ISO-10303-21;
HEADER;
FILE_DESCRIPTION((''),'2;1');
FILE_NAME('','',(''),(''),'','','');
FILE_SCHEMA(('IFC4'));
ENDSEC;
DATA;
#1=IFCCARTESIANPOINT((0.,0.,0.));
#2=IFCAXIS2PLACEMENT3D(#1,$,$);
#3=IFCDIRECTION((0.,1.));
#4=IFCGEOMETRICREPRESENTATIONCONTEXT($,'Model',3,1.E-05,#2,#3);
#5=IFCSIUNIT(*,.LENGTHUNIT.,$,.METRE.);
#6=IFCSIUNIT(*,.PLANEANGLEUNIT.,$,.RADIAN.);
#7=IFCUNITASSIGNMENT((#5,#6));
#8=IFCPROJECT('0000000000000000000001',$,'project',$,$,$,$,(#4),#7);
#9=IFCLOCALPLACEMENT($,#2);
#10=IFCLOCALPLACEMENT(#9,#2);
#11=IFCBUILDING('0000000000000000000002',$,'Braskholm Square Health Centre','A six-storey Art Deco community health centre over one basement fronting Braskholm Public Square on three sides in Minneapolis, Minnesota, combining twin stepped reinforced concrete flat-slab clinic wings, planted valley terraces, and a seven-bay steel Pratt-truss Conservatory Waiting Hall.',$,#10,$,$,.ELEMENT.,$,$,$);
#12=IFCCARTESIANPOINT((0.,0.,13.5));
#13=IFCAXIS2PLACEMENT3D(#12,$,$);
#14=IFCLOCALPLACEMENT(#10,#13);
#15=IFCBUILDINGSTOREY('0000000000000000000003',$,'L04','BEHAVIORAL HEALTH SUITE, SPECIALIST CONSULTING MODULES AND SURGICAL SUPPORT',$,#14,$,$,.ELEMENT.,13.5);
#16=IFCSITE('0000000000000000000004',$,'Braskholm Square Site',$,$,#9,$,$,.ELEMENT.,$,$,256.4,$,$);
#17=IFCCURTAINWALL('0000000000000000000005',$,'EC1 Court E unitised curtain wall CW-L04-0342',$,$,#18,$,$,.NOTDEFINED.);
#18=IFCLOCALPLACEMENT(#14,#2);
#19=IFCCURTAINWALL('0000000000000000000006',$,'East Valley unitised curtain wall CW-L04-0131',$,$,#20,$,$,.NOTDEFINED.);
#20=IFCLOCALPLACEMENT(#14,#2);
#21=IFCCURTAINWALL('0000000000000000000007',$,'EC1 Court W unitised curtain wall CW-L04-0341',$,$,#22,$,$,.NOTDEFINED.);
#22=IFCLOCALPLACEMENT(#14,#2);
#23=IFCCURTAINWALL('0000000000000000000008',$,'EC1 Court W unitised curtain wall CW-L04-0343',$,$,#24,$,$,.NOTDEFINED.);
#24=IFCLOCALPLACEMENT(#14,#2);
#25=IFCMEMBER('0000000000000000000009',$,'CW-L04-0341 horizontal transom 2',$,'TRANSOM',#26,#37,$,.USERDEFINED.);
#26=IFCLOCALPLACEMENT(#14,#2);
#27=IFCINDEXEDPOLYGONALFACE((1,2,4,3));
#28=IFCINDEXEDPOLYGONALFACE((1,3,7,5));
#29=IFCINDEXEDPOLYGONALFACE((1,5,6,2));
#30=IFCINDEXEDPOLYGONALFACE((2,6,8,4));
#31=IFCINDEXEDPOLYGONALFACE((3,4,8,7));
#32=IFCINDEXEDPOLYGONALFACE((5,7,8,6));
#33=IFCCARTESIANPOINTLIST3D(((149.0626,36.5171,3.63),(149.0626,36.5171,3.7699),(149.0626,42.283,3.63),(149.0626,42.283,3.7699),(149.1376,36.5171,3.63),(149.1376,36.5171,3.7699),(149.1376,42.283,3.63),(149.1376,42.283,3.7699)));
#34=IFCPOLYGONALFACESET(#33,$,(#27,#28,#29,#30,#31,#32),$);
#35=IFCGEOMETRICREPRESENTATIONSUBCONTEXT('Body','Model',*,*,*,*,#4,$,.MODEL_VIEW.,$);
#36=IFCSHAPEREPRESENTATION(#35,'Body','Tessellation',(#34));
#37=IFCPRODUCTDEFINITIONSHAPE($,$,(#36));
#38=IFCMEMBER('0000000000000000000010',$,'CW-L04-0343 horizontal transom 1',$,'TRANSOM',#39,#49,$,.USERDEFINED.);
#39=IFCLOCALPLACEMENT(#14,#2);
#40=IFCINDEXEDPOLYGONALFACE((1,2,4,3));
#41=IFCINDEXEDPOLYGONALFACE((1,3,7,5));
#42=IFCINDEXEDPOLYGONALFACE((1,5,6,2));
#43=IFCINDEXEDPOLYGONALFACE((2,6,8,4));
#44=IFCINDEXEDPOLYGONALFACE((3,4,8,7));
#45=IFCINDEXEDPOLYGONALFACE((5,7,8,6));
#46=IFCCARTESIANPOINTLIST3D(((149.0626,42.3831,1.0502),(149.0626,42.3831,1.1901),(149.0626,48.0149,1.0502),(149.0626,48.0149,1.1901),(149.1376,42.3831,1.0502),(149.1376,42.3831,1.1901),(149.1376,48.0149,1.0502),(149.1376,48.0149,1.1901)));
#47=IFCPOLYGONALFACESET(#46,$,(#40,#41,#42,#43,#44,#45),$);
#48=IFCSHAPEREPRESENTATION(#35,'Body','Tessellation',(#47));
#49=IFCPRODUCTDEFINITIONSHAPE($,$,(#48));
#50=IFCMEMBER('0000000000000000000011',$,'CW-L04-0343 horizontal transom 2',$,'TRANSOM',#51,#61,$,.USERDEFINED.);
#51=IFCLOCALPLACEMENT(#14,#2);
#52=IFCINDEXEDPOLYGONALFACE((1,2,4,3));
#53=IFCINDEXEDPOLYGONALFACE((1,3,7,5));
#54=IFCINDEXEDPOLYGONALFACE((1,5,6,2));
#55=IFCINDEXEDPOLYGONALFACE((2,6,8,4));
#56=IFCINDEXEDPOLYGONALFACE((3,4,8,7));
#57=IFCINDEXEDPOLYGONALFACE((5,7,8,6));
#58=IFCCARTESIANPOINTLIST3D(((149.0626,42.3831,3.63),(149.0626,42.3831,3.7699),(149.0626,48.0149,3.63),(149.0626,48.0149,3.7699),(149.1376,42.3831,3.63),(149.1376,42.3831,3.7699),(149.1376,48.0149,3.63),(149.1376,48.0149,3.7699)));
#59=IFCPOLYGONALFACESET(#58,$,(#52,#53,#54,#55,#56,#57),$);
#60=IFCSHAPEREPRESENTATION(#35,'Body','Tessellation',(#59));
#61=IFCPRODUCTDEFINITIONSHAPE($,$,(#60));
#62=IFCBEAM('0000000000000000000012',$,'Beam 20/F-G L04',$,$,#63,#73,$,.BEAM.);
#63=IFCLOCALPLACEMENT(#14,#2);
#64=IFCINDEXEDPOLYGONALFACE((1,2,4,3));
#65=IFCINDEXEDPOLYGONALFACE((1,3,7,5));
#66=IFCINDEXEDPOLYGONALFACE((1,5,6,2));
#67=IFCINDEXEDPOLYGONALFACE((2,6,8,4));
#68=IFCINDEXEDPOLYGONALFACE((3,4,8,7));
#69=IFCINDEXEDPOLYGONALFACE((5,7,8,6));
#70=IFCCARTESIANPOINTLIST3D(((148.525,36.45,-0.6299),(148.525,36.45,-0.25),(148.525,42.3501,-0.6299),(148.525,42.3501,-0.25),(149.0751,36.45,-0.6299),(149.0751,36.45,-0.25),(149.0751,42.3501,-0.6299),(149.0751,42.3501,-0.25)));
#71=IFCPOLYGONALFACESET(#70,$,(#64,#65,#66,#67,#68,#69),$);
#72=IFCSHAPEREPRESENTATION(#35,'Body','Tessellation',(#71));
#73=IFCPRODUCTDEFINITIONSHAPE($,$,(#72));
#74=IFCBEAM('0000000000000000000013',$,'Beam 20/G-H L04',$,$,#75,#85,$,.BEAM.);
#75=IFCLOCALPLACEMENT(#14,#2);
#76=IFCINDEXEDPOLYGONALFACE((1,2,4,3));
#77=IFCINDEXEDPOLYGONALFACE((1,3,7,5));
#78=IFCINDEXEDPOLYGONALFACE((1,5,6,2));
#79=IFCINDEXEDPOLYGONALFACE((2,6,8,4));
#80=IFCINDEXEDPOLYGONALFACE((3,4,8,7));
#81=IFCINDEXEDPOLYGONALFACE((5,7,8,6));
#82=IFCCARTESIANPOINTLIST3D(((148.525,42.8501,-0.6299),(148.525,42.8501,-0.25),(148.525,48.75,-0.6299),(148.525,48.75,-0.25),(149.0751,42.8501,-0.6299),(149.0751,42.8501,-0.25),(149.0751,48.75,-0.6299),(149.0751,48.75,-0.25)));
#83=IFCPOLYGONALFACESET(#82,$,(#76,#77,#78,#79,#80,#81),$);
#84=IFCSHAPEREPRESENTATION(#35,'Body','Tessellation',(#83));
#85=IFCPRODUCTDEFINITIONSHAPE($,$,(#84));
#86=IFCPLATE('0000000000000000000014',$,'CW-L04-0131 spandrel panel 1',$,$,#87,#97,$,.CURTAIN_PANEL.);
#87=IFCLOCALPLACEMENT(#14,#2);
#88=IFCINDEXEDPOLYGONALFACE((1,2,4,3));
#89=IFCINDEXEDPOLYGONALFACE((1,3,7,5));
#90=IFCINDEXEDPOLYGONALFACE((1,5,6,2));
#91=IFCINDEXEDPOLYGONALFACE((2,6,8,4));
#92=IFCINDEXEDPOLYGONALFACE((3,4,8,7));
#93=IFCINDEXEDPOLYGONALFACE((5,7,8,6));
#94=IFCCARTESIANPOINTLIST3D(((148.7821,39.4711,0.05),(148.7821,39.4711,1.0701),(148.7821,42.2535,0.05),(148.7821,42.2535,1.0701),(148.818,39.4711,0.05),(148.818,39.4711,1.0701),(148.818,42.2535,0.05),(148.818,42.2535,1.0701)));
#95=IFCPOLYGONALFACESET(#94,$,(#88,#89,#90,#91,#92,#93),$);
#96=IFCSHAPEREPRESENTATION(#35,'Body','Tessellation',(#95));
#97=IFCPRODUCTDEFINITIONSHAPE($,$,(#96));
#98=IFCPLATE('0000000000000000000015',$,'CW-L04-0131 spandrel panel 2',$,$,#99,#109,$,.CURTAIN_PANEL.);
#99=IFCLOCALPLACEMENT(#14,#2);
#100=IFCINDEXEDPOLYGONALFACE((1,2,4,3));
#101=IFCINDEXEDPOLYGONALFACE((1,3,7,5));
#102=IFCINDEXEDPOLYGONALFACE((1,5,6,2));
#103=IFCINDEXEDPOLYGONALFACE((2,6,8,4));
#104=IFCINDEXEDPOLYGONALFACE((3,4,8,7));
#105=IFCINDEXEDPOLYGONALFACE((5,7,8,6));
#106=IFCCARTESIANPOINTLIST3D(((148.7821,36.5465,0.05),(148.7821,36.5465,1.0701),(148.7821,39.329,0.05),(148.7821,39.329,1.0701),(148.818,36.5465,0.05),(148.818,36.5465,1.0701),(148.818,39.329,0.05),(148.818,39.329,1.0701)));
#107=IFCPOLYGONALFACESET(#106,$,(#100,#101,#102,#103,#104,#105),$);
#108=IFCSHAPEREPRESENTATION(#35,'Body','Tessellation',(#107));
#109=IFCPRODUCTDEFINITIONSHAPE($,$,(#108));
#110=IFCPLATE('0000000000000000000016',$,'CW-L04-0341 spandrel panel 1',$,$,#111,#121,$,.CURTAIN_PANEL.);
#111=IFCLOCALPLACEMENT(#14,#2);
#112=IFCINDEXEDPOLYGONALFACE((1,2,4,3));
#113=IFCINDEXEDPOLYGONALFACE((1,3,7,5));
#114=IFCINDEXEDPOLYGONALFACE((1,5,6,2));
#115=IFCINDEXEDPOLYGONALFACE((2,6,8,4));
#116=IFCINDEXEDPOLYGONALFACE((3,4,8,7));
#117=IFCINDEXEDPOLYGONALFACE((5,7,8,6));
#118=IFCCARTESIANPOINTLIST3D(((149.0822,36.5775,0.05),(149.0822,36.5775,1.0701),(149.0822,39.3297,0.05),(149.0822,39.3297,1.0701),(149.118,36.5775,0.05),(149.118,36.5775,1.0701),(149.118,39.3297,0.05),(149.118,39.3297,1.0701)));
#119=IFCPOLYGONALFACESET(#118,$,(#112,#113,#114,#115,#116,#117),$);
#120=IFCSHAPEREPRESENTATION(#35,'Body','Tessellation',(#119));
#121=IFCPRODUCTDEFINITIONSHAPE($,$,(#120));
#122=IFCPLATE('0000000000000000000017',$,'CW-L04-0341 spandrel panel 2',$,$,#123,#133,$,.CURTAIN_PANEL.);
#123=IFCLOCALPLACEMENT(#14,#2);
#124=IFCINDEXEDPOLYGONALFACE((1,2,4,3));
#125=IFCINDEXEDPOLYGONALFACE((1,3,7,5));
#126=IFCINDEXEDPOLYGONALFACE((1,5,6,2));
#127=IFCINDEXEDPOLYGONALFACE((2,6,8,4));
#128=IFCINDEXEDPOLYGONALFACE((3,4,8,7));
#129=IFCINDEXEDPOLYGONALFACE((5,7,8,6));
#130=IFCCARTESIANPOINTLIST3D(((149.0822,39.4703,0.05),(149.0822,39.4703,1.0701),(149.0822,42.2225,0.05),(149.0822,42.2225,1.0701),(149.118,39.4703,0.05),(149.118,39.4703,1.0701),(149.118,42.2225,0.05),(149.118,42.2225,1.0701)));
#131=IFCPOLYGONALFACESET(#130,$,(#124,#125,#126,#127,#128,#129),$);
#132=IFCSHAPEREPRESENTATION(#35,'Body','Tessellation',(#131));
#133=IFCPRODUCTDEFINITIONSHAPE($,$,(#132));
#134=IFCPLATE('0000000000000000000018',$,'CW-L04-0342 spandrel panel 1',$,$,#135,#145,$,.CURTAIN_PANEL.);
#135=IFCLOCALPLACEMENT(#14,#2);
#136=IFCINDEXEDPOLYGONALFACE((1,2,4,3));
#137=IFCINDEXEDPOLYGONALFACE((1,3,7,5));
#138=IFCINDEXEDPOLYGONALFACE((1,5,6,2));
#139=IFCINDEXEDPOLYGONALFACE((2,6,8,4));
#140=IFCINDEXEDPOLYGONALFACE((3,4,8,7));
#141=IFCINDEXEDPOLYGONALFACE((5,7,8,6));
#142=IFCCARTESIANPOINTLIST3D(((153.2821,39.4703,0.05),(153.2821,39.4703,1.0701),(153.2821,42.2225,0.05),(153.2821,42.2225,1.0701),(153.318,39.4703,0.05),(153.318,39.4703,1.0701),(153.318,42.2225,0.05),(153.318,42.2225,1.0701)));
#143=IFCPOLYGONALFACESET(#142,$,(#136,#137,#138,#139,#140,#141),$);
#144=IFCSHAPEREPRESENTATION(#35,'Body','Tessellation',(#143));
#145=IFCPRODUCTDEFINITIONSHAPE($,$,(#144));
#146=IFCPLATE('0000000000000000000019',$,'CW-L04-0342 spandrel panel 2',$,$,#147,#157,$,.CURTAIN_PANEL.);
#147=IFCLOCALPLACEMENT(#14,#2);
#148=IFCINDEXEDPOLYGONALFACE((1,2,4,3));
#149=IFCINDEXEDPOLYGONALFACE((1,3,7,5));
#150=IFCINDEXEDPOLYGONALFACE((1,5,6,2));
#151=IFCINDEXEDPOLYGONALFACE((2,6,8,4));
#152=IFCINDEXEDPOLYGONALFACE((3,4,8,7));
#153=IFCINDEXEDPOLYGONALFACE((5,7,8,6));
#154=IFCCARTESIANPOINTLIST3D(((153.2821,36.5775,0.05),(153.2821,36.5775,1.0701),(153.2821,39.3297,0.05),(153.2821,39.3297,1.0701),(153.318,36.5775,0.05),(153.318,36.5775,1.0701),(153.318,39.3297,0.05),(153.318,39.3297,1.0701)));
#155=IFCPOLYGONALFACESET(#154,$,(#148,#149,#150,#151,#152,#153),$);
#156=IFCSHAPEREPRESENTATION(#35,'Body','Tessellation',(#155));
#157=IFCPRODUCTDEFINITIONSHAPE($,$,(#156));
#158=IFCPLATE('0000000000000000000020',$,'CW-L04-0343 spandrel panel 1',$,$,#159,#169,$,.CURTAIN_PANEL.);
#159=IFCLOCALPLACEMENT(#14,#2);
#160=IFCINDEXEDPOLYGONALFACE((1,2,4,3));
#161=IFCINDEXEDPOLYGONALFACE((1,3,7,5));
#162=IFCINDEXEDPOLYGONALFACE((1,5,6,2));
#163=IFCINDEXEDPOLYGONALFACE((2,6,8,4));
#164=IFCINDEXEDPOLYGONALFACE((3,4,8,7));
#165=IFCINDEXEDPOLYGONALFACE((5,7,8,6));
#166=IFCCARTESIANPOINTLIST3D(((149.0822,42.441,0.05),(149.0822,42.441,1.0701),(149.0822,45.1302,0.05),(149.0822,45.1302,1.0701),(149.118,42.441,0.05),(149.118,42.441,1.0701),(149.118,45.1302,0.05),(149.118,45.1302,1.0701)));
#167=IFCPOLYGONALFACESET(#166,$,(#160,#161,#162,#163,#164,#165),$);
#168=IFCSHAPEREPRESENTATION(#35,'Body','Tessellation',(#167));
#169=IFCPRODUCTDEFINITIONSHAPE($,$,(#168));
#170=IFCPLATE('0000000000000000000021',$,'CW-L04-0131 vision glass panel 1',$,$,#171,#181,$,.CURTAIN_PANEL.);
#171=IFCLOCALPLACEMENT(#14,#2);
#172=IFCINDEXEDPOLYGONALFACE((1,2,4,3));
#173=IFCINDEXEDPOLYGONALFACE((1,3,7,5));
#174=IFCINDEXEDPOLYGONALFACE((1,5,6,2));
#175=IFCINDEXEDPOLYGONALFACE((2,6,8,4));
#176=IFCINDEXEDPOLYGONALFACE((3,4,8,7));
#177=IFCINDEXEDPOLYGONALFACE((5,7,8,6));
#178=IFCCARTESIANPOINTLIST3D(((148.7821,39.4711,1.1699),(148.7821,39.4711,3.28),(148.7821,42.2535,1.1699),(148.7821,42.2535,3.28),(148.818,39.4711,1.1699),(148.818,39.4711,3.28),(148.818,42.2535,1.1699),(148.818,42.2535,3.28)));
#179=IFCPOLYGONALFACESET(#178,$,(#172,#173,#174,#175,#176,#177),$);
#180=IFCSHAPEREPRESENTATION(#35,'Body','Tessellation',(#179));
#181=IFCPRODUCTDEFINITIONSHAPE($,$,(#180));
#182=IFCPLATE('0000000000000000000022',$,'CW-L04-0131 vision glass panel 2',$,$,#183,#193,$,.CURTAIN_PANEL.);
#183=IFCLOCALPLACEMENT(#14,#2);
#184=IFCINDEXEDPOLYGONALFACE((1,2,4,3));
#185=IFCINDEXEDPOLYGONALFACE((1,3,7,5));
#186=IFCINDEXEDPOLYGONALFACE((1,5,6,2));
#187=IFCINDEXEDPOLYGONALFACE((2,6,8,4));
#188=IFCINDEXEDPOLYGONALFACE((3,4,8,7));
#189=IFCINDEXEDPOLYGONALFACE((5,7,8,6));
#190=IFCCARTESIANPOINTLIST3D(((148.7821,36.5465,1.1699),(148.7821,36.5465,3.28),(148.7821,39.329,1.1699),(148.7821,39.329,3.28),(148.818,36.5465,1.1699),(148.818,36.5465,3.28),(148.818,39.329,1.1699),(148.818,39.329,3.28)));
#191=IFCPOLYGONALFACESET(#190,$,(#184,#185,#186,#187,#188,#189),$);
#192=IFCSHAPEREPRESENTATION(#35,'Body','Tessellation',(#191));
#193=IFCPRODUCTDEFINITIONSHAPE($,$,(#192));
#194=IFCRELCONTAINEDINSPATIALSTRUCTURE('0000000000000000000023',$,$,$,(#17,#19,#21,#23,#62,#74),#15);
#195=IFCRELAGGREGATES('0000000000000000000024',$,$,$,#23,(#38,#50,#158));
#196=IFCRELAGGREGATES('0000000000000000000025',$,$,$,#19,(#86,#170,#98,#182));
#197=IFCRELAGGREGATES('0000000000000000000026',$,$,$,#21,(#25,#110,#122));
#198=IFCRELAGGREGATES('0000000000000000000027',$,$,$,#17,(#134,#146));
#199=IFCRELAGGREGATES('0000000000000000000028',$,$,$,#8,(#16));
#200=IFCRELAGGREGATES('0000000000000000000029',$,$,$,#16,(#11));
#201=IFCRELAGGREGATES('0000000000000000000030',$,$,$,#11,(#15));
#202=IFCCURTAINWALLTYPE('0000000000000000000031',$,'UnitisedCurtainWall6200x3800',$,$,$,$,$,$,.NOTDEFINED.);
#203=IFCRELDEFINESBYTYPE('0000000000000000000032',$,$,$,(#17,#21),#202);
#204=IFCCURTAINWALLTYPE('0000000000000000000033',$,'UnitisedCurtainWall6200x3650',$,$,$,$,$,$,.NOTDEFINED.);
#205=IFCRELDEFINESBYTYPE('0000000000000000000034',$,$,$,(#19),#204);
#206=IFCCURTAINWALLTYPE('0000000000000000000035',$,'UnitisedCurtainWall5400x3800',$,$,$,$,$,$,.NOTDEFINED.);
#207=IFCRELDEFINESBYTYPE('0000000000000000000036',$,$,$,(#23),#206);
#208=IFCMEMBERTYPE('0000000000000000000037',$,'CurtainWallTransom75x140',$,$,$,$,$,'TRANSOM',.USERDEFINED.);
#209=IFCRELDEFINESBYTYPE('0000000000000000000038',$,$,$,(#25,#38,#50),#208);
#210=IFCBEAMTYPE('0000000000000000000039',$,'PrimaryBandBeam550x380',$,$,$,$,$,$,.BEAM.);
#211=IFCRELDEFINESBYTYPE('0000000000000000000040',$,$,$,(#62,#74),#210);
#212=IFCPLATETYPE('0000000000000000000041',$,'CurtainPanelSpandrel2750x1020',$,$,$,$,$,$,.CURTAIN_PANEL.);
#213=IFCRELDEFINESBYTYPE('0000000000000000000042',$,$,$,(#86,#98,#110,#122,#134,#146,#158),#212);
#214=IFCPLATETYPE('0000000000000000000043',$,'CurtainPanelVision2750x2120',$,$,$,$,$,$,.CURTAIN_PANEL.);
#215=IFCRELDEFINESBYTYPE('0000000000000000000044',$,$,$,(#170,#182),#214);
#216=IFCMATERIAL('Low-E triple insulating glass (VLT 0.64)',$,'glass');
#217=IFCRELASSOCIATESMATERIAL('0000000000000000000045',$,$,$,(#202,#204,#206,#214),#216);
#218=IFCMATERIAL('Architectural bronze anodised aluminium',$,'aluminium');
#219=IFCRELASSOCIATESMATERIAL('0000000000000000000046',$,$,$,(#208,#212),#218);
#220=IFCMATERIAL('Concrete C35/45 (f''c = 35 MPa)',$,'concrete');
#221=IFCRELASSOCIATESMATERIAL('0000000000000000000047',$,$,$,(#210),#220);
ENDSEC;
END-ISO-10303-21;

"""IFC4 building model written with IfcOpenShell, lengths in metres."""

from ifc_helpers import new_model, si_unit, direction, frame, origin, origin_2d, place, context, subcontext, project, spatial, rectangle, extrude, material, material_profile, profile_set, type_object, element, aggregate, save


model = new_model("IFC4")

# Units and contexts
model_context = context("Model", 3, precision=1e-05, world=origin(), true_north=direction((0.0, 1.0)))
body_context = subcontext(model_context, "Body", "Model", "MODEL_VIEW")
ifc_project = project(units=[si_unit("LENGTHUNIT", "METRE"), si_unit("PLANEANGLEUNIT", "RADIAN")], contexts=[model_context])

# Site, building, storey
site_placement = place(None, origin())
site = spatial("IfcSite", under=ifc_project, at=site_placement, Name="Braskholm Square Site", CompositionType="ELEMENT", RefElevation=256.4)
building_placement = place(site_placement, origin())
building = spatial("IfcBuilding", under=site, at=building_placement, Name="Braskholm Square Health Centre", Description="A six-storey Art Deco community health centre over one basement fronting Braskholm Public Square on three sides in Minneapolis, Minnesota, combining twin stepped reinforced concrete flat-slab clinic wings, planted valley terraces, and a seven-bay steel Pratt-truss Conservatory Waiting Hall.", CompositionType="ELEMENT")
storey_placement = place(building_placement, frame((0.0, 0.0, 13.5)))
storey = spatial("IfcBuildingStorey", under=building, at=storey_placement, Name="L04", Description="BEHAVIORAL HEALTH SUITE, SPECIALIST CONSULTING MODULES AND SURGICAL SUPPORT", CompositionType="ELEMENT", Elevation=13.5)

# Curtain walls
ifc_material_1 = material(Name="Low-E triple insulating glass (VLT 0.64)", Category="glass")
curtain_wall_type_1 = type_object("IfcCurtainWallType", Name="UnitisedCurtainWall6200x3800", PredefinedType="NOTDEFINED", material=ifc_material_1)
curtain_wall_1_placement = place(storey_placement, origin())
curtain_wall_1 = element("IfcCurtainWall", 1, at=curtain_wall_1_placement, inside=storey, type_object=curtain_wall_type_1, Name="EC1 Court E unitised curtain wall CW-L04-0342", PredefinedType="NOTDEFINED")
ifc_material_2 = material(Name="Architectural bronze anodised aluminium", Category="aluminium")
curtain_wall_type_2 = type_object("IfcCurtainWallType", Name="UnitisedCurtainWall6200x3650", PredefinedType="NOTDEFINED", material=ifc_material_1)
curtain_wall_2_placement = place(storey_placement, origin())
curtain_wall_2 = element("IfcCurtainWall", 2, at=curtain_wall_2_placement, inside=storey, type_object=curtain_wall_type_2, Name="East Valley unitised curtain wall CW-L04-0131", PredefinedType="NOTDEFINED")
curtain_wall_3_placement = place(storey_placement, origin())
curtain_wall_3 = element("IfcCurtainWall", 3, at=curtain_wall_3_placement, inside=storey, type_object=curtain_wall_type_1, Name="EC1 Court W unitised curtain wall CW-L04-0341", PredefinedType="NOTDEFINED")

# Curtain wall
curtain_wall_type_3 = type_object("IfcCurtainWallType", Name="UnitisedCurtainWall5400x3800", PredefinedType="NOTDEFINED", material=ifc_material_1)
curtain_wall_4_placement = place(storey_placement, origin())
curtain_wall_4 = element("IfcCurtainWall", 4, at=curtain_wall_4_placement, inside=storey, type_object=curtain_wall_type_3, Name="EC1 Court W unitised curtain wall CW-L04-0343", PredefinedType="NOTDEFINED")

# Members
ifc_material_profile_1 = material_profile(ifc_material_2, rectangle(XDim=0.075, YDim=0.1399, at=origin_2d()), Name="ALU-75X140")
ifc_profile_set_1 = profile_set([ifc_material_profile_1], Name="Architectural bronze anodised aluminium")
member_type_1 = type_object("IfcMemberType", Name="CurtainWallTransom75x140", ElementType="TRANSOM", PredefinedType="USERDEFINED", material=ifc_profile_set_1)
member_1_placement = place(storey_placement, frame((149.1001, 36.5171, 3.7), z_axis=(0.0, 1.0, 0.0), x_axis=(-1.0, 0.0, 0.0)))
member_1 = element("IfcMember", 5, at=member_1_placement, type_object=member_type_1, Name="CW-L04-0341 horizontal transom 2", ObjectType="TRANSOM", PredefinedType="USERDEFINED", context=body_context, shape_type="SweptSolid", body=[
    extrude(rectangle(XDim=0.075, YDim=0.1399, at=origin_2d()), origin(), (0.0, 0.0, 1.0), 5.7659),
])
member_2_placement = place(storey_placement, frame((149.1001, 42.3831, 1.1201), z_axis=(0.0, 1.0, 0.0), x_axis=(-1.0, 0.0, 0.0)))
member_2 = element("IfcMember", 6, at=member_2_placement, type_object=member_type_1, Name="CW-L04-0343 horizontal transom 1", ObjectType="TRANSOM", PredefinedType="USERDEFINED", context=body_context, shape_type="SweptSolid", body=[
    extrude(rectangle(XDim=0.075, YDim=0.1399, at=origin_2d()), origin(), (0.0, 0.0, 1.0), 5.6318),
])
member_3_placement = place(storey_placement, frame((149.1001, 42.3831, 3.7), z_axis=(0.0, 1.0, 0.0), x_axis=(-1.0, 0.0, 0.0)))
member_3 = element("IfcMember", 7, at=member_3_placement, type_object=member_type_1, Name="CW-L04-0343 horizontal transom 2", ObjectType="TRANSOM", PredefinedType="USERDEFINED", context=body_context, shape_type="SweptSolid", body=[
    extrude(rectangle(XDim=0.075, YDim=0.1399, at=origin_2d()), origin(), (0.0, 0.0, 1.0), 5.6318),
])

# Beams
ifc_material_3 = material(Name="Concrete C35/45 (f'c = 35 MPa)", Category="concrete")
ifc_material_profile_2 = material_profile(ifc_material_3, rectangle(XDim=0.55, YDim=0.3799, at=origin_2d()), Name="RCB-550X380")
ifc_profile_set_2 = profile_set([ifc_material_profile_2], Name="Concrete C35/45 (f'c = 35 MPa)")
beam_type = type_object("IfcBeamType", Name="PrimaryBandBeam550x380", PredefinedType="BEAM", material=ifc_profile_set_2)
beam_1_placement = place(storey_placement, frame((148.8, 36.45, -0.4399), z_axis=(0.0, 1.0, 0.0), x_axis=(-1.0, 0.0, 0.0)))
element("IfcBeam", 8, at=beam_1_placement, inside=storey, type_object=beam_type, Name="Beam 20/F-G L04", PredefinedType="BEAM", context=body_context, shape_type="SweptSolid", body=[
    extrude(rectangle(XDim=0.55, YDim=0.3799, at=origin_2d()), origin(), (0.0, 0.0, 1.0), 5.9001),
])
beam_2_placement = place(storey_placement, frame((148.8, 42.8501, -0.4399), z_axis=(0.0, 1.0, 0.0), x_axis=(-1.0, 0.0, 0.0)))
element("IfcBeam", 9, at=beam_2_placement, inside=storey, type_object=beam_type, Name="Beam 20/G-H L04", PredefinedType="BEAM", context=body_context, shape_type="SweptSolid", body=[
    extrude(rectangle(XDim=0.55, YDim=0.3799, at=origin_2d()), origin(), (0.0, 0.0, 1.0), 5.8999),
])

# Plates
plate_type_1 = type_object("IfcPlateType", Name="CurtainPanelSpandrel2750x1020", PredefinedType="CURTAIN_PANEL", material=ifc_material_2)
plate_1_placement = place(storey_placement, frame((148.8, 40.8623, 0.05), z_axis=(0.0, 0.0, 1.0), x_axis=(0.0, -1.0, 0.0)))
plate_1 = element("IfcPlate", 10, at=plate_1_placement, type_object=plate_type_1, Name="CW-L04-0131 spandrel panel 1", PredefinedType="CURTAIN_PANEL", context=body_context, shape_type="SweptSolid", body=[
    extrude(rectangle(XDim=2.7825, YDim=0.0359, at=origin_2d()), origin(), (0.0, 0.0, 1.0), 1.02),
])
plate_2_placement = place(storey_placement, frame((148.8, 37.9377, 0.05), z_axis=(0.0, 0.0, 1.0), x_axis=(0.0, -1.0, 0.0)))
plate_2 = element("IfcPlate", 11, at=plate_2_placement, type_object=plate_type_1, Name="CW-L04-0131 spandrel panel 2", PredefinedType="CURTAIN_PANEL", context=body_context, shape_type="SweptSolid", body=[
    extrude(rectangle(XDim=2.7825, YDim=0.0359, at=origin_2d()), origin(), (0.0, 0.0, 1.0), 1.02),
])
plate_3_placement = place(storey_placement, frame((149.1001, 37.9536, 0.05), z_axis=(0.0, 0.0, 1.0), x_axis=(0.0, 1.0, 0.0)))
plate_3 = element("IfcPlate", 12, at=plate_3_placement, type_object=plate_type_1, Name="CW-L04-0341 spandrel panel 1", PredefinedType="CURTAIN_PANEL", context=body_context, shape_type="SweptSolid", body=[
    extrude(rectangle(XDim=2.7522, YDim=0.0359, at=origin_2d()), origin(), (0.0, 0.0, 1.0), 1.02),
])
plate_4_placement = place(storey_placement, frame((149.1001, 40.8464, 0.05), z_axis=(0.0, 0.0, 1.0), x_axis=(0.0, 1.0, 0.0)))
plate_4 = element("IfcPlate", 13, at=plate_4_placement, type_object=plate_type_1, Name="CW-L04-0341 spandrel panel 2", PredefinedType="CURTAIN_PANEL", context=body_context, shape_type="SweptSolid", body=[
    extrude(rectangle(XDim=2.7522, YDim=0.0359, at=origin_2d()), origin(), (0.0, 0.0, 1.0), 1.02),
])
plate_5_placement = place(storey_placement, frame((153.3, 40.8464, 0.05), z_axis=(0.0, 0.0, 1.0), x_axis=(0.0, -1.0, 0.0)))
plate_5 = element("IfcPlate", 14, at=plate_5_placement, type_object=plate_type_1, Name="CW-L04-0342 spandrel panel 1", PredefinedType="CURTAIN_PANEL", context=body_context, shape_type="SweptSolid", body=[
    extrude(rectangle(XDim=2.7522, YDim=0.0359, at=origin_2d()), origin(), (0.0, 0.0, 1.0), 1.02),
])
plate_6_placement = place(storey_placement, frame((153.3, 37.9536, 0.05), z_axis=(0.0, 0.0, 1.0), x_axis=(0.0, -1.0, 0.0)))
plate_6 = element("IfcPlate", 15, at=plate_6_placement, type_object=plate_type_1, Name="CW-L04-0342 spandrel panel 2", PredefinedType="CURTAIN_PANEL", context=body_context, shape_type="SweptSolid", body=[
    extrude(rectangle(XDim=2.7522, YDim=0.0359, at=origin_2d()), origin(), (0.0, 0.0, 1.0), 1.02),
])
plate_7_placement = place(storey_placement, frame((149.1001, 43.7856, 0.05), z_axis=(0.0, 0.0, 1.0), x_axis=(0.0, 1.0, 0.0)))
plate_7 = element("IfcPlate", 16, at=plate_7_placement, type_object=plate_type_1, Name="CW-L04-0343 spandrel panel 1", PredefinedType="CURTAIN_PANEL", context=body_context, shape_type="SweptSolid", body=[
    extrude(rectangle(XDim=2.6892, YDim=0.0359, at=origin_2d()), origin(), (0.0, 0.0, 1.0), 1.02),
])
aggregate(curtain_wall_4, [member_2, member_3, plate_7])
plate_type_2 = type_object("IfcPlateType", Name="CurtainPanelVision2750x2120", PredefinedType="CURTAIN_PANEL", material=ifc_material_1)
plate_8_placement = place(storey_placement, frame((148.8, 40.8623, 1.1699), z_axis=(0.0, 0.0, 1.0), x_axis=(0.0, -1.0, 0.0)))
plate_8 = element("IfcPlate", 17, at=plate_8_placement, type_object=plate_type_2, Name="CW-L04-0131 vision glass panel 1", PredefinedType="CURTAIN_PANEL", context=body_context, shape_type="SweptSolid", body=[
    extrude(rectangle(XDim=2.7825, YDim=0.0359, at=origin_2d()), origin(), (0.0, 0.0, 1.0), 2.1101),
])
plate_9_placement = place(storey_placement, frame((148.8, 37.9377, 1.1699), z_axis=(0.0, 0.0, 1.0), x_axis=(0.0, -1.0, 0.0)))
plate_9 = element("IfcPlate", 18, at=plate_9_placement, type_object=plate_type_2, Name="CW-L04-0131 vision glass panel 2", PredefinedType="CURTAIN_PANEL", context=body_context, shape_type="SweptSolid", body=[
    extrude(rectangle(XDim=2.7825, YDim=0.0359, at=origin_2d()), origin(), (0.0, 0.0, 1.0), 2.1101),
])
aggregate(curtain_wall_2, [plate_1, plate_8, plate_2, plate_9])
aggregate(curtain_wall_3, [member_1, plate_3, plate_4])
aggregate(curtain_wall_1, [plate_5, plate_6])

save(model, "model.ifc")
